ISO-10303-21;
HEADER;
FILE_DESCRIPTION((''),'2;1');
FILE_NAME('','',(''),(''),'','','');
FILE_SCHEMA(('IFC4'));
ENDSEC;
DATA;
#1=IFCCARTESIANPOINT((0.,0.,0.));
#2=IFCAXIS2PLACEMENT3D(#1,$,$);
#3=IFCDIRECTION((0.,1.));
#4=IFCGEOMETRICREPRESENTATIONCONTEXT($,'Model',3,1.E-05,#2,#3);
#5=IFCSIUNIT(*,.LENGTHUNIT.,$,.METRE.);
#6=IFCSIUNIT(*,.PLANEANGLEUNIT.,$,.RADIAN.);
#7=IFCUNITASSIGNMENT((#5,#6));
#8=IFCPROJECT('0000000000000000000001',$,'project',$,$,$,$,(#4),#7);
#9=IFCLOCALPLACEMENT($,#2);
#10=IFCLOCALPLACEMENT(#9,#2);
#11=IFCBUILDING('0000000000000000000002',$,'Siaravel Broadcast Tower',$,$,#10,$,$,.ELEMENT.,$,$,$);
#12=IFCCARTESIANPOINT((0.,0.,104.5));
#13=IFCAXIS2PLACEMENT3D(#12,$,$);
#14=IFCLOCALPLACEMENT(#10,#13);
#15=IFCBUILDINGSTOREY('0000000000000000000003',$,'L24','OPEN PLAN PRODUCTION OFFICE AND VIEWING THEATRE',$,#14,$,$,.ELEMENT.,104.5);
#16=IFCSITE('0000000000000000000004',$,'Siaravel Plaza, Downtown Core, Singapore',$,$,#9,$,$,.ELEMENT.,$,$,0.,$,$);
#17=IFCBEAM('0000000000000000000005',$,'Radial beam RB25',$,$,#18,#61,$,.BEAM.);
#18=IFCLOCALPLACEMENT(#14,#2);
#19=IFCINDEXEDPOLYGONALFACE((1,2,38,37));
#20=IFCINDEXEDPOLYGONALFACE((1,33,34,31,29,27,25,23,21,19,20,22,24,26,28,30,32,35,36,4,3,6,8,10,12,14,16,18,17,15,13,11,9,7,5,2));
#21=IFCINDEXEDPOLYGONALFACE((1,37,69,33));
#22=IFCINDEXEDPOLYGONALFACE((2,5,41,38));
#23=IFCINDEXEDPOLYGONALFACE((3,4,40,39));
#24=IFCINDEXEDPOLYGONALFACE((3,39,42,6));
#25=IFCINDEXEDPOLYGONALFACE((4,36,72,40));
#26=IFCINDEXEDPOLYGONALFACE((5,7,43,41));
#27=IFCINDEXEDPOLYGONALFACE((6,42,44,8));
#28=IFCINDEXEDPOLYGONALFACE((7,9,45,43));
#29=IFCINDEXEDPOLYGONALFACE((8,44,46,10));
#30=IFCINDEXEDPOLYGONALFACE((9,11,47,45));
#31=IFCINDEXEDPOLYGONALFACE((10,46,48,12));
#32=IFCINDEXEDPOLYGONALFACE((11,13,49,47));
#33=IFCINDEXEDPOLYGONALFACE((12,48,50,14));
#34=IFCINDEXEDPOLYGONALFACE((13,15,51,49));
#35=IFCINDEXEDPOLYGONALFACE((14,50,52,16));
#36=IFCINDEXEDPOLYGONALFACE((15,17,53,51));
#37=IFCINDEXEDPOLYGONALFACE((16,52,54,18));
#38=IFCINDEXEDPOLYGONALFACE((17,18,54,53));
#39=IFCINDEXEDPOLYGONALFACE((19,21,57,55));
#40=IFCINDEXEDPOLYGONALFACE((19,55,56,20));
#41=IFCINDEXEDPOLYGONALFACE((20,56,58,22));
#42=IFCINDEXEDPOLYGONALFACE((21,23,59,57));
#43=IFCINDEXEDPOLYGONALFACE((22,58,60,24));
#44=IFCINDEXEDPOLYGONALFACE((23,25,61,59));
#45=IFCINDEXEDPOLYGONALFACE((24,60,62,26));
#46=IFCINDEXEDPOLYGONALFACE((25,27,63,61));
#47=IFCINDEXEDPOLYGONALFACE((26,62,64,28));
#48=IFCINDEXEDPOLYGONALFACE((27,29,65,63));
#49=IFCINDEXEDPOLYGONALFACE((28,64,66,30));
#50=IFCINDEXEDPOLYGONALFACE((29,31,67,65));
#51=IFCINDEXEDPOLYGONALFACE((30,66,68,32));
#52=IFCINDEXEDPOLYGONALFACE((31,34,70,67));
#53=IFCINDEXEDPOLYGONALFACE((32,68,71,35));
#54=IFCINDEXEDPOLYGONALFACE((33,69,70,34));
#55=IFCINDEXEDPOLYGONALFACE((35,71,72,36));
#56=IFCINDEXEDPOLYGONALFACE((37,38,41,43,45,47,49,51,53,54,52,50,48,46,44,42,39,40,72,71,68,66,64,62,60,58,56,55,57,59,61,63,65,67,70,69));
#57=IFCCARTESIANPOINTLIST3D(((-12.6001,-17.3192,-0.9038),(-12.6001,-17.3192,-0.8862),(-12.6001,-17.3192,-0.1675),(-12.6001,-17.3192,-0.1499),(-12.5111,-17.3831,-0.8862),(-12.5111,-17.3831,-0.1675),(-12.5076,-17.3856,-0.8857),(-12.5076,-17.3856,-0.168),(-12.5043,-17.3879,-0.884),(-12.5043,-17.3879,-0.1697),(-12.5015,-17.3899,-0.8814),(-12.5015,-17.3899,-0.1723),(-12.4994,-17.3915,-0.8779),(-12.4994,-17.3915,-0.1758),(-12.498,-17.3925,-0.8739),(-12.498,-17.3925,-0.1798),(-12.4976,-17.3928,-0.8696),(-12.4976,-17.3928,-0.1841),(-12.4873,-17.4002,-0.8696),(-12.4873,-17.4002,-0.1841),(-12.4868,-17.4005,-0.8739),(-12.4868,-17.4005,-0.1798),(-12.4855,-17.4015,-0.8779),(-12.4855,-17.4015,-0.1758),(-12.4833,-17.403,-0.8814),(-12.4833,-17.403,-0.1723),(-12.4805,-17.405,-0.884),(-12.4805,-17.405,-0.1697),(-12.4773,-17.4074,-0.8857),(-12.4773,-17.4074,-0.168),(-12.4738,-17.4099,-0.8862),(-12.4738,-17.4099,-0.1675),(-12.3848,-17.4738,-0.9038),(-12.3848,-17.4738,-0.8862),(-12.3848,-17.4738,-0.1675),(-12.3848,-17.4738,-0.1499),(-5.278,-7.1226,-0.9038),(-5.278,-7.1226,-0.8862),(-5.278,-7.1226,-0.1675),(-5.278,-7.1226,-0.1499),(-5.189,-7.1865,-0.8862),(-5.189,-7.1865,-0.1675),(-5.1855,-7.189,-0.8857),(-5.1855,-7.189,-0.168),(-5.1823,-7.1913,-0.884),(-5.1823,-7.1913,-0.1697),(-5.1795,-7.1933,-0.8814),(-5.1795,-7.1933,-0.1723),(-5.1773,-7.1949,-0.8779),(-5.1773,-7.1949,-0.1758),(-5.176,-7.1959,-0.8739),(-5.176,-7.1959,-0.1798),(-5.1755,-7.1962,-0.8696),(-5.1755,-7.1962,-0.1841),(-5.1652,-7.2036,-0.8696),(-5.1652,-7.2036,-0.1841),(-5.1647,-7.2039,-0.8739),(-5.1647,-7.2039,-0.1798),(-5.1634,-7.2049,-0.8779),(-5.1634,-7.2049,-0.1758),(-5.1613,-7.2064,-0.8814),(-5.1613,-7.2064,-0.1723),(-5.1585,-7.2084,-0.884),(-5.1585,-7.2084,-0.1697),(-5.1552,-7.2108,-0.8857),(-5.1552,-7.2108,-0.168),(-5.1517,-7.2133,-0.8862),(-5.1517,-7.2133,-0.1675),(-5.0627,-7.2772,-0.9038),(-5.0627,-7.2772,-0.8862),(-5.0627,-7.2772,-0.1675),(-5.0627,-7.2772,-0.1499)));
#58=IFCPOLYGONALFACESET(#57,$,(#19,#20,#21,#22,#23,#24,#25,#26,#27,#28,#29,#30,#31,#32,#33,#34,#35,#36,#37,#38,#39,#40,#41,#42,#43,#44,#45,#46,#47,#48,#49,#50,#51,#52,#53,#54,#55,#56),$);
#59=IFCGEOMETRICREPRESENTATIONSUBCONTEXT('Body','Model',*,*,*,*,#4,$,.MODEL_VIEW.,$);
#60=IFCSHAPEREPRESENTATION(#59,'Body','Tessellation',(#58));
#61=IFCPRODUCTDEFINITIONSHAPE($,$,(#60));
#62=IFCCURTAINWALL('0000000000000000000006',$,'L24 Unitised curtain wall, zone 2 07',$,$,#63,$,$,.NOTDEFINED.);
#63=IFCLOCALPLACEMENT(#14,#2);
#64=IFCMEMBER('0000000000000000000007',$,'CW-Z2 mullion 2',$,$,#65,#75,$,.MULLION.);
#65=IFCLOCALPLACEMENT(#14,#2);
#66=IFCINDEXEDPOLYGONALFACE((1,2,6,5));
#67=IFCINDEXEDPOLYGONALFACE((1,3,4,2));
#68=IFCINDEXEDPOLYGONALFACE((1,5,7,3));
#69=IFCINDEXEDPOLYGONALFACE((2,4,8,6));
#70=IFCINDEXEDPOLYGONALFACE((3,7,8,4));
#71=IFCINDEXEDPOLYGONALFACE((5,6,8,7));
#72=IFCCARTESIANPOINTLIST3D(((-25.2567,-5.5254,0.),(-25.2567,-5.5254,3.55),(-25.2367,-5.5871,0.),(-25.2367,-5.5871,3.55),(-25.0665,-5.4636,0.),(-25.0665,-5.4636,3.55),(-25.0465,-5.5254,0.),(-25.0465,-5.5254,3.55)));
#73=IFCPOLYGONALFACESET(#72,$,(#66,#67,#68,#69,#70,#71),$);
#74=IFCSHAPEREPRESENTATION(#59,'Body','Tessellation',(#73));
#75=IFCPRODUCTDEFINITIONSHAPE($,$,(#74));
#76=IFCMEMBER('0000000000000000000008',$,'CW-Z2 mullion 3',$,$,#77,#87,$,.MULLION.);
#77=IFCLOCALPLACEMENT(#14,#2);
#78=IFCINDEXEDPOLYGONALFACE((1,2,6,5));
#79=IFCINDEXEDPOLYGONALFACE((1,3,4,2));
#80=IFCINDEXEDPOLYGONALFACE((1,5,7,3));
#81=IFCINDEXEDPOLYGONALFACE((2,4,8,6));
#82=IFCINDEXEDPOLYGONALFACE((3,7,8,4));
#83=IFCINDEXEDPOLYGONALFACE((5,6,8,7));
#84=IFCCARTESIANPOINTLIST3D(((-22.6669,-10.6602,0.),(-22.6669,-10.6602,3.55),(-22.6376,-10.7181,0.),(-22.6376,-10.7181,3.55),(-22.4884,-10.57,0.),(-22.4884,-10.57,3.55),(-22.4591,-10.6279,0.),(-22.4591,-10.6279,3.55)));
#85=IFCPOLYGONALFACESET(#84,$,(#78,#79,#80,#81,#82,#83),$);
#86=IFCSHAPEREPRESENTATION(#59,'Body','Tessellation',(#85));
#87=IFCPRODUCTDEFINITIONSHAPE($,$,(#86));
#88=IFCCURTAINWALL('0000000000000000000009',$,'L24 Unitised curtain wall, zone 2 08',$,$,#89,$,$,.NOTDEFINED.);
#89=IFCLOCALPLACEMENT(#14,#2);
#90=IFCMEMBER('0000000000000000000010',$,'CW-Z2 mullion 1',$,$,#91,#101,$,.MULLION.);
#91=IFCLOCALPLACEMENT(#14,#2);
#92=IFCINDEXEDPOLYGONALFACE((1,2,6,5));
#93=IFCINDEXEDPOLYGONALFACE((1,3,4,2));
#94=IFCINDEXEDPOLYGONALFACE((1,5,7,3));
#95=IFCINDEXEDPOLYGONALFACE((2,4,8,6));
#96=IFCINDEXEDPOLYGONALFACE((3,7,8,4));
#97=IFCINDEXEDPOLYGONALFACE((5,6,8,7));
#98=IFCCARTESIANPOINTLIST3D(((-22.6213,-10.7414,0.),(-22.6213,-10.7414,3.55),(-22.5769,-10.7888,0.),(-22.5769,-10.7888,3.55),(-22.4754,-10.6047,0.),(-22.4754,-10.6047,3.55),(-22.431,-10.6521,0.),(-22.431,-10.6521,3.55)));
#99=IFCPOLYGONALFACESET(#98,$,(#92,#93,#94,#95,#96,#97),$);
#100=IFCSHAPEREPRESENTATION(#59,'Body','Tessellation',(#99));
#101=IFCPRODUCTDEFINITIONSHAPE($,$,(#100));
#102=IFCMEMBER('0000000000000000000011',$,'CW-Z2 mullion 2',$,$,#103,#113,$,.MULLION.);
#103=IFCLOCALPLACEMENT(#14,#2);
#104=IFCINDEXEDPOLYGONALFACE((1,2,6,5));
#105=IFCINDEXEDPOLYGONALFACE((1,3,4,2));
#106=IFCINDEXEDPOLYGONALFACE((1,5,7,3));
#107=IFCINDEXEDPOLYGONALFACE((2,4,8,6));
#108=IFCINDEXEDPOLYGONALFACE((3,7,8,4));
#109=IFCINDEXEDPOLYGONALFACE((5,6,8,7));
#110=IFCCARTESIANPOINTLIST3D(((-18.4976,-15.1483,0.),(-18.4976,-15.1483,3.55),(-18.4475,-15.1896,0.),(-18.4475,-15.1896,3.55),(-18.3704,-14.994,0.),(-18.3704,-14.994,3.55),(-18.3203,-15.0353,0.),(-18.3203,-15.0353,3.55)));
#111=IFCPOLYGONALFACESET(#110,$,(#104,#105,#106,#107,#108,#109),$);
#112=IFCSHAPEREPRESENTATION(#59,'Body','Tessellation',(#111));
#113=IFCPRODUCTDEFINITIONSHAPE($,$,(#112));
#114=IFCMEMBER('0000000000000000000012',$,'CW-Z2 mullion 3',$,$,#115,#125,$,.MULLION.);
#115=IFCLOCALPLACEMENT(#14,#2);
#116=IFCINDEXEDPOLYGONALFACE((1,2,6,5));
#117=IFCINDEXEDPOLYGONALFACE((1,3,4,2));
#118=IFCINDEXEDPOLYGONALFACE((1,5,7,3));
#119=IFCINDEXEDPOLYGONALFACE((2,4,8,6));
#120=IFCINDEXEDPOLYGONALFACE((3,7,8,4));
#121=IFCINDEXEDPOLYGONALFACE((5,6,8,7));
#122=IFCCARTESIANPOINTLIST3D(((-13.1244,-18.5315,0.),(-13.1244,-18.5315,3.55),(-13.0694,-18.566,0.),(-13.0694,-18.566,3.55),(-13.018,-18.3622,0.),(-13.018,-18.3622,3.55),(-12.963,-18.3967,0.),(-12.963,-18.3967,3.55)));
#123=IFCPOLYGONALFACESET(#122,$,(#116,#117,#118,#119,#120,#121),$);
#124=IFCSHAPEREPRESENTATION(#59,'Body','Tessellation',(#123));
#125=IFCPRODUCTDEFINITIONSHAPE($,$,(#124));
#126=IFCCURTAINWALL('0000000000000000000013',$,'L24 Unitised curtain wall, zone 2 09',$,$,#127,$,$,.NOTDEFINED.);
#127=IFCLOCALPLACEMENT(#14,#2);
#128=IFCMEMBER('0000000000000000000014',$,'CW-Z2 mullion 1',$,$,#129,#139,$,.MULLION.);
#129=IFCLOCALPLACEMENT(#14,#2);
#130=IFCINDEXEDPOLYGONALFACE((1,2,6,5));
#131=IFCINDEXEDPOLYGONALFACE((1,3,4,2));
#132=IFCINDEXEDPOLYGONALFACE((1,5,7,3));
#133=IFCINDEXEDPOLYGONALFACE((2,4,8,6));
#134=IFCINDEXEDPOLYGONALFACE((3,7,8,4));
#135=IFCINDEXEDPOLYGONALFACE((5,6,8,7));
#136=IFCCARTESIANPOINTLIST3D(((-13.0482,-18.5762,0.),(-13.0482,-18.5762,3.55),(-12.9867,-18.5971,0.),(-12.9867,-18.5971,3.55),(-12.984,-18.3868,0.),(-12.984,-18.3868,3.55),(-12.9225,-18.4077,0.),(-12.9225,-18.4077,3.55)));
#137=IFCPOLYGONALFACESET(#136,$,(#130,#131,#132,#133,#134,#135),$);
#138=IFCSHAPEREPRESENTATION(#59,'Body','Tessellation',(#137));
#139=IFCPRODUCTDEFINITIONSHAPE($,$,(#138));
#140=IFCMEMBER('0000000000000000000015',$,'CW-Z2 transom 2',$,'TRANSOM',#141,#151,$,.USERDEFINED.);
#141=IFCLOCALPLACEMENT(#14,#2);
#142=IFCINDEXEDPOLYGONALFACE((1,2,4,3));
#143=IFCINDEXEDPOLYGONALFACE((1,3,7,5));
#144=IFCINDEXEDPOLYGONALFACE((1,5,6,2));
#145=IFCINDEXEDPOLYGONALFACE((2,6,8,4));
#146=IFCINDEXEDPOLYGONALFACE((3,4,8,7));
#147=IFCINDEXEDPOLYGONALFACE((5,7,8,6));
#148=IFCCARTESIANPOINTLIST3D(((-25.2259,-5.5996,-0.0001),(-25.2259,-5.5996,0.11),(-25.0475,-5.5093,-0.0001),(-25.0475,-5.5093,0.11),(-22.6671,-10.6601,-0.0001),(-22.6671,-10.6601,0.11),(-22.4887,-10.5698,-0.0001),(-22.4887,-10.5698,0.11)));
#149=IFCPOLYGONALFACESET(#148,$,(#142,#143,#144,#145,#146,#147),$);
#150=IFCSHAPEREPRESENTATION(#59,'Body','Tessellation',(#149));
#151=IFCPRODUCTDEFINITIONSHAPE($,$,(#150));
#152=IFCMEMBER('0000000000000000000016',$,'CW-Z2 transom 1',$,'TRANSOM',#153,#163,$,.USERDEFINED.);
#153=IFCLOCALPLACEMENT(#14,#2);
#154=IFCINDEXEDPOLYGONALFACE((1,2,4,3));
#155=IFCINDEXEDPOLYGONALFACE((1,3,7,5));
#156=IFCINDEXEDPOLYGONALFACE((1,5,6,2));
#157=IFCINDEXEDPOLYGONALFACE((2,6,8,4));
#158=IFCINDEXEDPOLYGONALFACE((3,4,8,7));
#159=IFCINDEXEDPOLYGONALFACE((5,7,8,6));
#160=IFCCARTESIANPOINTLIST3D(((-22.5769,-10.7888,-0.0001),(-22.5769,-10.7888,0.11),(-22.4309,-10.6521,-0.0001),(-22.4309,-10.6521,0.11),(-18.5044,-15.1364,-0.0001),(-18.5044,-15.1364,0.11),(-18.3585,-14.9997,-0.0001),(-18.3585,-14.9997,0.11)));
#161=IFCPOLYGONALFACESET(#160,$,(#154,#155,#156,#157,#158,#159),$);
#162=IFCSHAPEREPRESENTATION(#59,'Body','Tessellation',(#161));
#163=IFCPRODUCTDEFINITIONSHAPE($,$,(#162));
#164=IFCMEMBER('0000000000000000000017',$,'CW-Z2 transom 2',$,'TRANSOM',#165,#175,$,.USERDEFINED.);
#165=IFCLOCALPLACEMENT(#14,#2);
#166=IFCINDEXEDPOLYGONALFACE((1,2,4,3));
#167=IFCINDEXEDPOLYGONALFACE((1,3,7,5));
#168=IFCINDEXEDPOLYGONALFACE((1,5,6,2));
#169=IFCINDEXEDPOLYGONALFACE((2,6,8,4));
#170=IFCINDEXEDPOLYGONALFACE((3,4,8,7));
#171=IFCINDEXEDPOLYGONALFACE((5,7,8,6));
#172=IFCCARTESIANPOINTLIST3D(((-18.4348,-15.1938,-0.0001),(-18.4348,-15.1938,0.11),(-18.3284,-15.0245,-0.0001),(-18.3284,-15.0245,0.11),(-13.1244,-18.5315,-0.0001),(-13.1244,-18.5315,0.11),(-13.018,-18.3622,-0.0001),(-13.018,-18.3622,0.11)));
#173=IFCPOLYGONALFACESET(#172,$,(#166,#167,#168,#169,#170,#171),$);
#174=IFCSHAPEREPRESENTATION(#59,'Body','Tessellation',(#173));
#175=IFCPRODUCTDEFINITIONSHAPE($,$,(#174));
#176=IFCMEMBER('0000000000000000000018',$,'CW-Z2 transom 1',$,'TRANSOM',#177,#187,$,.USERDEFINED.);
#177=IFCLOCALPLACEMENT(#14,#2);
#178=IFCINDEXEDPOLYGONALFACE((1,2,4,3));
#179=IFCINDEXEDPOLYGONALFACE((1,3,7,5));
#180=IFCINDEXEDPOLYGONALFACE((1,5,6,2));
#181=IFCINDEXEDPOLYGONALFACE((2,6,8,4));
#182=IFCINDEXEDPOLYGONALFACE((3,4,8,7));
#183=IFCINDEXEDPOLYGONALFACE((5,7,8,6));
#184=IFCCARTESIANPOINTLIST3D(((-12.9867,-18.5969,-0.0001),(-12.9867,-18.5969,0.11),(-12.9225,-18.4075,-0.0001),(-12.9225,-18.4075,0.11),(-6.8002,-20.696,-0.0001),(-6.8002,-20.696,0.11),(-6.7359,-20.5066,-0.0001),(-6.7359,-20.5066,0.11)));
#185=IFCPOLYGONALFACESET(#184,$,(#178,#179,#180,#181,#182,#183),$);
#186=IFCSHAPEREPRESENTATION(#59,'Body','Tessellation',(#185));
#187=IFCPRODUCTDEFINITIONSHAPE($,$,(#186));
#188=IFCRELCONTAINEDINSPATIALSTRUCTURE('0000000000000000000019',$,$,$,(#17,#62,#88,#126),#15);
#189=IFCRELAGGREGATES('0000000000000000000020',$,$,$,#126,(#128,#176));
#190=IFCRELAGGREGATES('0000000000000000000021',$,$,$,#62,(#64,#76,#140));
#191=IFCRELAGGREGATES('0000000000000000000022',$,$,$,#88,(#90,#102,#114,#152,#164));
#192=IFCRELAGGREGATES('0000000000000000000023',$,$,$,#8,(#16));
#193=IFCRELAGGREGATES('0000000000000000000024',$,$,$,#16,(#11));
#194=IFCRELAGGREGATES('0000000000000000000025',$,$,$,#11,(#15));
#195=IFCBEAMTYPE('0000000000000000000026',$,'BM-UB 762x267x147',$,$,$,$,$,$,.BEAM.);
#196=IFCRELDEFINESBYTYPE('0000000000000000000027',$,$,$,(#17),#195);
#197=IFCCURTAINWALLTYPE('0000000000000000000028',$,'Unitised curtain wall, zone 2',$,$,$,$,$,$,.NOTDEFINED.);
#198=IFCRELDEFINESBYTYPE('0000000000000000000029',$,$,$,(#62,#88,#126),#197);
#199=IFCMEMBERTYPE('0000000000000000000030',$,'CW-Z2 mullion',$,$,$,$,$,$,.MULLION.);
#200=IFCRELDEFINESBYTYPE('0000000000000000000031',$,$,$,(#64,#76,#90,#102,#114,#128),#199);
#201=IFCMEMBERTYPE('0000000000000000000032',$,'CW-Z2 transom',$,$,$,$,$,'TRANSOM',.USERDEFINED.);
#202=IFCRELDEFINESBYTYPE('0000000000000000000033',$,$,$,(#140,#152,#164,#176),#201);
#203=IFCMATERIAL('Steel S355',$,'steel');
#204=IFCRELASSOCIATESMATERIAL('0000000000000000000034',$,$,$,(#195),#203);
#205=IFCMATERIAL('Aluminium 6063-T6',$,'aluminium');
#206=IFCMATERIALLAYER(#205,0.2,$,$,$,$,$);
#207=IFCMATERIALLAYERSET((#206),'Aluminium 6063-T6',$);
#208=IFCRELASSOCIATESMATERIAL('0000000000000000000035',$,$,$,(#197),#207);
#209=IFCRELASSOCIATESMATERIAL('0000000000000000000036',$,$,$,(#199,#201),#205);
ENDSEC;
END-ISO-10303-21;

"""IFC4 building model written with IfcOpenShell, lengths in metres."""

from ifc_helpers import new_model, si_unit, direction, frame, origin, origin_2d, place, context, subcontext, project, spatial, rectangle, i_section, extrude, material, layer, layer_set, material_profile, profile_set, type_object, element, aggregate, save


model = new_model("IFC4")

# Units and contexts
model_context = context("Model", 3, precision=1e-05, world=origin(), true_north=direction((0.0, 1.0)))
body_context = subcontext(model_context, "Body", "Model", "MODEL_VIEW")
ifc_project = project(units=[si_unit("LENGTHUNIT", "METRE"), si_unit("PLANEANGLEUNIT", "RADIAN")], contexts=[model_context])

# Site, building, storey
site_placement = place(None, origin())
site = spatial("IfcSite", under=ifc_project, at=site_placement, Name="Siaravel Plaza, Downtown Core, Singapore", CompositionType="ELEMENT", RefElevation=0.0)
building_placement = place(site_placement, origin())
building = spatial("IfcBuilding", under=site, at=building_placement, Name="Siaravel Broadcast Tower", CompositionType="ELEMENT")
storey_placement = place(building_placement, frame((0.0, 0.0, 104.5)))
storey = spatial("IfcBuildingStorey", under=building, at=storey_placement, Name="L24", Description="OPEN PLAN PRODUCTION OFFICE AND VIEWING THEATRE", CompositionType="ELEMENT", Elevation=104.5)

# Beam
ifc_material_1 = material(Name="Steel S355", Category="steel")
ifc_material_profile_1 = material_profile(ifc_material_1, i_section(OverallWidth=0.2651, OverallDepth=0.7539, WebThickness=0.0127, FlangeThickness=0.0176, FilletRadius=0.0166, at=origin_2d()))
ifc_profile_set_1 = profile_set([ifc_material_profile_1], Name="Steel S355")
beam_type = type_object("IfcBeamType", Name="BM-UB 762x267x147", PredefinedType="BEAM", material=ifc_profile_set_1)
beam_1_placement = place(storey_placement, frame((-12.4924, -17.3965, -0.5269), z_axis=(0.583282, 0.81227, 0.0), x_axis=(-0.81227, 0.583282, 0.0)))
element("IfcBeam", 1, at=beam_1_placement, inside=storey, type_object=beam_type, Name="Radial beam RB25", PredefinedType="BEAM", context=body_context, shape_type="SweptSolid", body=[
    extrude(i_section(OverallWidth=0.2651, OverallDepth=0.7539, WebThickness=0.0127, FlangeThickness=0.0176, FilletRadius=0.0166, at=origin_2d()), origin(), (0.0, 0.0, 1.0), 12.5532),
])

# Curtain walls, members
ifc_material_2 = material(Name="Aluminium 6063-T6", Category="aluminium")
ifc_layer_1 = layer(ifc_material_2, 0.2)
ifc_layer_set_1 = layer_set([ifc_layer_1], Name="Aluminium 6063-T6")
curtain_wall_type = type_object("IfcCurtainWallType", Name="Unitised curtain wall, zone 2", PredefinedType="NOTDEFINED", material=ifc_layer_set_1)
curtain_wall_1_placement = place(storey_placement, origin())
curtain_wall_1 = element("IfcCurtainWall", 2, at=curtain_wall_1_placement, inside=storey, type_object=curtain_wall_type, Name="L24 Unitised curtain wall, zone 2 07", PredefinedType="NOTDEFINED")
ifc_material_profile_2 = material_profile(ifc_material_2, rectangle(XDim=0.2, YDim=0.0649, at=origin_2d()))
ifc_profile_set_2 = profile_set([ifc_material_profile_2], Name="Aluminium 6063-T6")
member_type_1 = type_object("IfcMemberType", Name="CW-Z2 mullion", PredefinedType="MULLION", material=ifc_profile_set_2)
member_1_placement = place(storey_placement, frame((-25.1516, -5.5254, 0.0), z_axis=(0.0, 0.0, 1.0), x_axis=(0.951177, 0.308646, 0.0)))
member_1 = element("IfcMember", 3, at=member_1_placement, type_object=member_type_1, Name="CW-Z2 mullion 2", PredefinedType="MULLION", context=body_context, shape_type="SweptSolid", body=[
    extrude(rectangle(XDim=0.2, YDim=0.0649, at=origin_2d()), origin(), (0.0, 0.0, 1.0), 3.55),
])
member_2_placement = place(storey_placement, frame((-22.563, -10.644, 0.0), z_axis=(0.0, 0.0, 1.0), x_axis=(0.892392, 0.451261, 0.0)))
member_2 = element("IfcMember", 4, at=member_2_placement, type_object=member_type_1, Name="CW-Z2 mullion 3", PredefinedType="MULLION", context=body_context, shape_type="SweptSolid", body=[
    extrude(rectangle(XDim=0.2, YDim=0.0649, at=origin_2d()), origin(), (0.0, 0.0, 1.0), 3.55),
])
curtain_wall_2_placement = place(storey_placement, origin())
curtain_wall_2 = element("IfcCurtainWall", 5, at=curtain_wall_2_placement, inside=storey, type_object=curtain_wall_type, Name="L24 Unitised curtain wall, zone 2 08", PredefinedType="NOTDEFINED")
member_3_placement = place(storey_placement, frame((-22.5261, -10.6968, 0.0), z_axis=(0.0, 0.0, 1.0), x_axis=(0.729805, 0.683656, 0.0)))
member_3 = element("IfcMember", 6, at=member_3_placement, type_object=member_type_1, Name="CW-Z2 mullion 1", PredefinedType="MULLION", context=body_context, shape_type="SweptSolid", body=[
    extrude(rectangle(XDim=0.2, YDim=0.0649, at=origin_2d()), origin(), (0.0, 0.0, 1.0), 3.55),
])
member_4_placement = place(storey_placement, frame((-18.4089, -15.0918, 0.0), z_axis=(0.0, 0.0, 1.0), x_axis=(0.636218, 0.771509, 0.0)))
member_4 = element("IfcMember", 7, at=member_4_placement, type_object=member_type_1, Name="CW-Z2 mullion 2", PredefinedType="MULLION", context=body_context, shape_type="SweptSolid", body=[
    extrude(rectangle(XDim=0.2, YDim=0.0649, at=origin_2d()), origin(), (0.0, 0.0, 1.0), 3.55),
])
member_5_placement = place(storey_placement, frame((-13.0437, -18.4641, 0.0), z_axis=(0.0, 0.0, 1.0), x_axis=(0.532149, 0.846651, 0.0)))
member_5 = element("IfcMember", 8, at=member_5_placement, type_object=member_type_1, Name="CW-Z2 mullion 3", PredefinedType="MULLION", context=body_context, shape_type="SweptSolid", body=[
    extrude(rectangle(XDim=0.2, YDim=0.0649, at=origin_2d()), origin(), (0.0, 0.0, 1.0), 3.55),
])

# Curtain wall, member
curtain_wall_3_placement = place(storey_placement, origin())
curtain_wall_3 = element("IfcCurtainWall", 9, at=curtain_wall_3_placement, inside=storey, type_object=curtain_wall_type, Name="L24 Unitised curtain wall, zone 2 09", PredefinedType="NOTDEFINED")
member_6_placement = place(storey_placement, frame((-12.9854, -18.4919, 0.0), z_axis=(0.0, 0.0, 1.0), x_axis=(0.3213, 0.946977, 0.0)))
member_6 = element("IfcMember", 10, at=member_6_placement, type_object=member_type_1, Name="CW-Z2 mullion 1", PredefinedType="MULLION", context=body_context, shape_type="SweptSolid", body=[
    extrude(rectangle(XDim=0.2, YDim=0.0649, at=origin_2d()), origin(), (0.0, 0.0, 1.0), 3.55),
])

# Members
ifc_material_profile_3 = material_profile(ifc_material_2, rectangle(XDim=0.2, YDim=0.1101, at=origin_2d()))
ifc_profile_set_3 = profile_set([ifc_material_profile_3], Name="Aluminium 6063-T6")
member_type_2 = type_object("IfcMemberType", Name="CW-Z2 transom", ElementType="TRANSOM", PredefinedType="USERDEFINED", material=ifc_profile_set_3)
member_7_placement = place(storey_placement, frame((-25.1367, -5.5544, 0.0549), z_axis=(0.451239, -0.892403, 0.0), x_axis=(0.892403, 0.451239, 0.0)))
member_7 = element("IfcMember", 11, at=member_7_placement, type_object=member_type_2, Name="CW-Z2 transom 2", ObjectType="TRANSOM", PredefinedType="USERDEFINED", context=body_context, shape_type="SweptSolid", body=[
    extrude(rectangle(XDim=0.2, YDim=0.1101, at=origin_2d()), origin(), (0.0, 0.0, 1.0), 5.6707),
])
member_8_placement = place(storey_placement, frame((-22.5039, -10.7205, 0.0549), z_axis=(0.683636, -0.729823, 0.0), x_axis=(0.729823, 0.683636, 0.0)))
member_8 = element("IfcMember", 12, at=member_8_placement, type_object=member_type_2, Name="CW-Z2 transom 1", ObjectType="TRANSOM", PredefinedType="USERDEFINED", context=body_context, shape_type="SweptSolid", body=[
    extrude(rectangle(XDim=0.2, YDim=0.1101, at=origin_2d()), origin(), (0.0, 0.0, 1.0), 5.957),
])
member_9_placement = place(storey_placement, frame((-18.3816, -15.1091, 0.0549), z_axis=(0.846655, -0.532142, 0.0), x_axis=(0.532142, 0.846655, 0.0)))
member_9 = element("IfcMember", 13, at=member_9_placement, type_object=member_type_2, Name="CW-Z2 transom 2", ObjectType="TRANSOM", PredefinedType="USERDEFINED", context=body_context, shape_type="SweptSolid", body=[
    extrude(rectangle(XDim=0.2, YDim=0.1101, at=origin_2d()), origin(), (0.0, 0.0, 1.0), 6.2722),
])
member_10_placement = place(storey_placement, frame((-12.9546, -18.5022, 0.0549), z_axis=(0.946973, -0.321313, 0.0), x_axis=(0.321313, 0.946973, 0.0)))
member_10 = element("IfcMember", 14, at=member_10_placement, type_object=member_type_2, Name="CW-Z2 transom 1", ObjectType="TRANSOM", PredefinedType="USERDEFINED", context=body_context, shape_type="SweptSolid", body=[
    extrude(rectangle(XDim=0.2, YDim=0.1101, at=origin_2d()), origin(), (0.0, 0.0, 1.0), 6.533),
])
aggregate(curtain_wall_3, [member_6, member_10])

aggregate(curtain_wall_1, [member_1, member_2, member_7])
aggregate(curtain_wall_2, [member_3, member_4, member_5, member_8, member_9])

save(model, "model.ifc")
